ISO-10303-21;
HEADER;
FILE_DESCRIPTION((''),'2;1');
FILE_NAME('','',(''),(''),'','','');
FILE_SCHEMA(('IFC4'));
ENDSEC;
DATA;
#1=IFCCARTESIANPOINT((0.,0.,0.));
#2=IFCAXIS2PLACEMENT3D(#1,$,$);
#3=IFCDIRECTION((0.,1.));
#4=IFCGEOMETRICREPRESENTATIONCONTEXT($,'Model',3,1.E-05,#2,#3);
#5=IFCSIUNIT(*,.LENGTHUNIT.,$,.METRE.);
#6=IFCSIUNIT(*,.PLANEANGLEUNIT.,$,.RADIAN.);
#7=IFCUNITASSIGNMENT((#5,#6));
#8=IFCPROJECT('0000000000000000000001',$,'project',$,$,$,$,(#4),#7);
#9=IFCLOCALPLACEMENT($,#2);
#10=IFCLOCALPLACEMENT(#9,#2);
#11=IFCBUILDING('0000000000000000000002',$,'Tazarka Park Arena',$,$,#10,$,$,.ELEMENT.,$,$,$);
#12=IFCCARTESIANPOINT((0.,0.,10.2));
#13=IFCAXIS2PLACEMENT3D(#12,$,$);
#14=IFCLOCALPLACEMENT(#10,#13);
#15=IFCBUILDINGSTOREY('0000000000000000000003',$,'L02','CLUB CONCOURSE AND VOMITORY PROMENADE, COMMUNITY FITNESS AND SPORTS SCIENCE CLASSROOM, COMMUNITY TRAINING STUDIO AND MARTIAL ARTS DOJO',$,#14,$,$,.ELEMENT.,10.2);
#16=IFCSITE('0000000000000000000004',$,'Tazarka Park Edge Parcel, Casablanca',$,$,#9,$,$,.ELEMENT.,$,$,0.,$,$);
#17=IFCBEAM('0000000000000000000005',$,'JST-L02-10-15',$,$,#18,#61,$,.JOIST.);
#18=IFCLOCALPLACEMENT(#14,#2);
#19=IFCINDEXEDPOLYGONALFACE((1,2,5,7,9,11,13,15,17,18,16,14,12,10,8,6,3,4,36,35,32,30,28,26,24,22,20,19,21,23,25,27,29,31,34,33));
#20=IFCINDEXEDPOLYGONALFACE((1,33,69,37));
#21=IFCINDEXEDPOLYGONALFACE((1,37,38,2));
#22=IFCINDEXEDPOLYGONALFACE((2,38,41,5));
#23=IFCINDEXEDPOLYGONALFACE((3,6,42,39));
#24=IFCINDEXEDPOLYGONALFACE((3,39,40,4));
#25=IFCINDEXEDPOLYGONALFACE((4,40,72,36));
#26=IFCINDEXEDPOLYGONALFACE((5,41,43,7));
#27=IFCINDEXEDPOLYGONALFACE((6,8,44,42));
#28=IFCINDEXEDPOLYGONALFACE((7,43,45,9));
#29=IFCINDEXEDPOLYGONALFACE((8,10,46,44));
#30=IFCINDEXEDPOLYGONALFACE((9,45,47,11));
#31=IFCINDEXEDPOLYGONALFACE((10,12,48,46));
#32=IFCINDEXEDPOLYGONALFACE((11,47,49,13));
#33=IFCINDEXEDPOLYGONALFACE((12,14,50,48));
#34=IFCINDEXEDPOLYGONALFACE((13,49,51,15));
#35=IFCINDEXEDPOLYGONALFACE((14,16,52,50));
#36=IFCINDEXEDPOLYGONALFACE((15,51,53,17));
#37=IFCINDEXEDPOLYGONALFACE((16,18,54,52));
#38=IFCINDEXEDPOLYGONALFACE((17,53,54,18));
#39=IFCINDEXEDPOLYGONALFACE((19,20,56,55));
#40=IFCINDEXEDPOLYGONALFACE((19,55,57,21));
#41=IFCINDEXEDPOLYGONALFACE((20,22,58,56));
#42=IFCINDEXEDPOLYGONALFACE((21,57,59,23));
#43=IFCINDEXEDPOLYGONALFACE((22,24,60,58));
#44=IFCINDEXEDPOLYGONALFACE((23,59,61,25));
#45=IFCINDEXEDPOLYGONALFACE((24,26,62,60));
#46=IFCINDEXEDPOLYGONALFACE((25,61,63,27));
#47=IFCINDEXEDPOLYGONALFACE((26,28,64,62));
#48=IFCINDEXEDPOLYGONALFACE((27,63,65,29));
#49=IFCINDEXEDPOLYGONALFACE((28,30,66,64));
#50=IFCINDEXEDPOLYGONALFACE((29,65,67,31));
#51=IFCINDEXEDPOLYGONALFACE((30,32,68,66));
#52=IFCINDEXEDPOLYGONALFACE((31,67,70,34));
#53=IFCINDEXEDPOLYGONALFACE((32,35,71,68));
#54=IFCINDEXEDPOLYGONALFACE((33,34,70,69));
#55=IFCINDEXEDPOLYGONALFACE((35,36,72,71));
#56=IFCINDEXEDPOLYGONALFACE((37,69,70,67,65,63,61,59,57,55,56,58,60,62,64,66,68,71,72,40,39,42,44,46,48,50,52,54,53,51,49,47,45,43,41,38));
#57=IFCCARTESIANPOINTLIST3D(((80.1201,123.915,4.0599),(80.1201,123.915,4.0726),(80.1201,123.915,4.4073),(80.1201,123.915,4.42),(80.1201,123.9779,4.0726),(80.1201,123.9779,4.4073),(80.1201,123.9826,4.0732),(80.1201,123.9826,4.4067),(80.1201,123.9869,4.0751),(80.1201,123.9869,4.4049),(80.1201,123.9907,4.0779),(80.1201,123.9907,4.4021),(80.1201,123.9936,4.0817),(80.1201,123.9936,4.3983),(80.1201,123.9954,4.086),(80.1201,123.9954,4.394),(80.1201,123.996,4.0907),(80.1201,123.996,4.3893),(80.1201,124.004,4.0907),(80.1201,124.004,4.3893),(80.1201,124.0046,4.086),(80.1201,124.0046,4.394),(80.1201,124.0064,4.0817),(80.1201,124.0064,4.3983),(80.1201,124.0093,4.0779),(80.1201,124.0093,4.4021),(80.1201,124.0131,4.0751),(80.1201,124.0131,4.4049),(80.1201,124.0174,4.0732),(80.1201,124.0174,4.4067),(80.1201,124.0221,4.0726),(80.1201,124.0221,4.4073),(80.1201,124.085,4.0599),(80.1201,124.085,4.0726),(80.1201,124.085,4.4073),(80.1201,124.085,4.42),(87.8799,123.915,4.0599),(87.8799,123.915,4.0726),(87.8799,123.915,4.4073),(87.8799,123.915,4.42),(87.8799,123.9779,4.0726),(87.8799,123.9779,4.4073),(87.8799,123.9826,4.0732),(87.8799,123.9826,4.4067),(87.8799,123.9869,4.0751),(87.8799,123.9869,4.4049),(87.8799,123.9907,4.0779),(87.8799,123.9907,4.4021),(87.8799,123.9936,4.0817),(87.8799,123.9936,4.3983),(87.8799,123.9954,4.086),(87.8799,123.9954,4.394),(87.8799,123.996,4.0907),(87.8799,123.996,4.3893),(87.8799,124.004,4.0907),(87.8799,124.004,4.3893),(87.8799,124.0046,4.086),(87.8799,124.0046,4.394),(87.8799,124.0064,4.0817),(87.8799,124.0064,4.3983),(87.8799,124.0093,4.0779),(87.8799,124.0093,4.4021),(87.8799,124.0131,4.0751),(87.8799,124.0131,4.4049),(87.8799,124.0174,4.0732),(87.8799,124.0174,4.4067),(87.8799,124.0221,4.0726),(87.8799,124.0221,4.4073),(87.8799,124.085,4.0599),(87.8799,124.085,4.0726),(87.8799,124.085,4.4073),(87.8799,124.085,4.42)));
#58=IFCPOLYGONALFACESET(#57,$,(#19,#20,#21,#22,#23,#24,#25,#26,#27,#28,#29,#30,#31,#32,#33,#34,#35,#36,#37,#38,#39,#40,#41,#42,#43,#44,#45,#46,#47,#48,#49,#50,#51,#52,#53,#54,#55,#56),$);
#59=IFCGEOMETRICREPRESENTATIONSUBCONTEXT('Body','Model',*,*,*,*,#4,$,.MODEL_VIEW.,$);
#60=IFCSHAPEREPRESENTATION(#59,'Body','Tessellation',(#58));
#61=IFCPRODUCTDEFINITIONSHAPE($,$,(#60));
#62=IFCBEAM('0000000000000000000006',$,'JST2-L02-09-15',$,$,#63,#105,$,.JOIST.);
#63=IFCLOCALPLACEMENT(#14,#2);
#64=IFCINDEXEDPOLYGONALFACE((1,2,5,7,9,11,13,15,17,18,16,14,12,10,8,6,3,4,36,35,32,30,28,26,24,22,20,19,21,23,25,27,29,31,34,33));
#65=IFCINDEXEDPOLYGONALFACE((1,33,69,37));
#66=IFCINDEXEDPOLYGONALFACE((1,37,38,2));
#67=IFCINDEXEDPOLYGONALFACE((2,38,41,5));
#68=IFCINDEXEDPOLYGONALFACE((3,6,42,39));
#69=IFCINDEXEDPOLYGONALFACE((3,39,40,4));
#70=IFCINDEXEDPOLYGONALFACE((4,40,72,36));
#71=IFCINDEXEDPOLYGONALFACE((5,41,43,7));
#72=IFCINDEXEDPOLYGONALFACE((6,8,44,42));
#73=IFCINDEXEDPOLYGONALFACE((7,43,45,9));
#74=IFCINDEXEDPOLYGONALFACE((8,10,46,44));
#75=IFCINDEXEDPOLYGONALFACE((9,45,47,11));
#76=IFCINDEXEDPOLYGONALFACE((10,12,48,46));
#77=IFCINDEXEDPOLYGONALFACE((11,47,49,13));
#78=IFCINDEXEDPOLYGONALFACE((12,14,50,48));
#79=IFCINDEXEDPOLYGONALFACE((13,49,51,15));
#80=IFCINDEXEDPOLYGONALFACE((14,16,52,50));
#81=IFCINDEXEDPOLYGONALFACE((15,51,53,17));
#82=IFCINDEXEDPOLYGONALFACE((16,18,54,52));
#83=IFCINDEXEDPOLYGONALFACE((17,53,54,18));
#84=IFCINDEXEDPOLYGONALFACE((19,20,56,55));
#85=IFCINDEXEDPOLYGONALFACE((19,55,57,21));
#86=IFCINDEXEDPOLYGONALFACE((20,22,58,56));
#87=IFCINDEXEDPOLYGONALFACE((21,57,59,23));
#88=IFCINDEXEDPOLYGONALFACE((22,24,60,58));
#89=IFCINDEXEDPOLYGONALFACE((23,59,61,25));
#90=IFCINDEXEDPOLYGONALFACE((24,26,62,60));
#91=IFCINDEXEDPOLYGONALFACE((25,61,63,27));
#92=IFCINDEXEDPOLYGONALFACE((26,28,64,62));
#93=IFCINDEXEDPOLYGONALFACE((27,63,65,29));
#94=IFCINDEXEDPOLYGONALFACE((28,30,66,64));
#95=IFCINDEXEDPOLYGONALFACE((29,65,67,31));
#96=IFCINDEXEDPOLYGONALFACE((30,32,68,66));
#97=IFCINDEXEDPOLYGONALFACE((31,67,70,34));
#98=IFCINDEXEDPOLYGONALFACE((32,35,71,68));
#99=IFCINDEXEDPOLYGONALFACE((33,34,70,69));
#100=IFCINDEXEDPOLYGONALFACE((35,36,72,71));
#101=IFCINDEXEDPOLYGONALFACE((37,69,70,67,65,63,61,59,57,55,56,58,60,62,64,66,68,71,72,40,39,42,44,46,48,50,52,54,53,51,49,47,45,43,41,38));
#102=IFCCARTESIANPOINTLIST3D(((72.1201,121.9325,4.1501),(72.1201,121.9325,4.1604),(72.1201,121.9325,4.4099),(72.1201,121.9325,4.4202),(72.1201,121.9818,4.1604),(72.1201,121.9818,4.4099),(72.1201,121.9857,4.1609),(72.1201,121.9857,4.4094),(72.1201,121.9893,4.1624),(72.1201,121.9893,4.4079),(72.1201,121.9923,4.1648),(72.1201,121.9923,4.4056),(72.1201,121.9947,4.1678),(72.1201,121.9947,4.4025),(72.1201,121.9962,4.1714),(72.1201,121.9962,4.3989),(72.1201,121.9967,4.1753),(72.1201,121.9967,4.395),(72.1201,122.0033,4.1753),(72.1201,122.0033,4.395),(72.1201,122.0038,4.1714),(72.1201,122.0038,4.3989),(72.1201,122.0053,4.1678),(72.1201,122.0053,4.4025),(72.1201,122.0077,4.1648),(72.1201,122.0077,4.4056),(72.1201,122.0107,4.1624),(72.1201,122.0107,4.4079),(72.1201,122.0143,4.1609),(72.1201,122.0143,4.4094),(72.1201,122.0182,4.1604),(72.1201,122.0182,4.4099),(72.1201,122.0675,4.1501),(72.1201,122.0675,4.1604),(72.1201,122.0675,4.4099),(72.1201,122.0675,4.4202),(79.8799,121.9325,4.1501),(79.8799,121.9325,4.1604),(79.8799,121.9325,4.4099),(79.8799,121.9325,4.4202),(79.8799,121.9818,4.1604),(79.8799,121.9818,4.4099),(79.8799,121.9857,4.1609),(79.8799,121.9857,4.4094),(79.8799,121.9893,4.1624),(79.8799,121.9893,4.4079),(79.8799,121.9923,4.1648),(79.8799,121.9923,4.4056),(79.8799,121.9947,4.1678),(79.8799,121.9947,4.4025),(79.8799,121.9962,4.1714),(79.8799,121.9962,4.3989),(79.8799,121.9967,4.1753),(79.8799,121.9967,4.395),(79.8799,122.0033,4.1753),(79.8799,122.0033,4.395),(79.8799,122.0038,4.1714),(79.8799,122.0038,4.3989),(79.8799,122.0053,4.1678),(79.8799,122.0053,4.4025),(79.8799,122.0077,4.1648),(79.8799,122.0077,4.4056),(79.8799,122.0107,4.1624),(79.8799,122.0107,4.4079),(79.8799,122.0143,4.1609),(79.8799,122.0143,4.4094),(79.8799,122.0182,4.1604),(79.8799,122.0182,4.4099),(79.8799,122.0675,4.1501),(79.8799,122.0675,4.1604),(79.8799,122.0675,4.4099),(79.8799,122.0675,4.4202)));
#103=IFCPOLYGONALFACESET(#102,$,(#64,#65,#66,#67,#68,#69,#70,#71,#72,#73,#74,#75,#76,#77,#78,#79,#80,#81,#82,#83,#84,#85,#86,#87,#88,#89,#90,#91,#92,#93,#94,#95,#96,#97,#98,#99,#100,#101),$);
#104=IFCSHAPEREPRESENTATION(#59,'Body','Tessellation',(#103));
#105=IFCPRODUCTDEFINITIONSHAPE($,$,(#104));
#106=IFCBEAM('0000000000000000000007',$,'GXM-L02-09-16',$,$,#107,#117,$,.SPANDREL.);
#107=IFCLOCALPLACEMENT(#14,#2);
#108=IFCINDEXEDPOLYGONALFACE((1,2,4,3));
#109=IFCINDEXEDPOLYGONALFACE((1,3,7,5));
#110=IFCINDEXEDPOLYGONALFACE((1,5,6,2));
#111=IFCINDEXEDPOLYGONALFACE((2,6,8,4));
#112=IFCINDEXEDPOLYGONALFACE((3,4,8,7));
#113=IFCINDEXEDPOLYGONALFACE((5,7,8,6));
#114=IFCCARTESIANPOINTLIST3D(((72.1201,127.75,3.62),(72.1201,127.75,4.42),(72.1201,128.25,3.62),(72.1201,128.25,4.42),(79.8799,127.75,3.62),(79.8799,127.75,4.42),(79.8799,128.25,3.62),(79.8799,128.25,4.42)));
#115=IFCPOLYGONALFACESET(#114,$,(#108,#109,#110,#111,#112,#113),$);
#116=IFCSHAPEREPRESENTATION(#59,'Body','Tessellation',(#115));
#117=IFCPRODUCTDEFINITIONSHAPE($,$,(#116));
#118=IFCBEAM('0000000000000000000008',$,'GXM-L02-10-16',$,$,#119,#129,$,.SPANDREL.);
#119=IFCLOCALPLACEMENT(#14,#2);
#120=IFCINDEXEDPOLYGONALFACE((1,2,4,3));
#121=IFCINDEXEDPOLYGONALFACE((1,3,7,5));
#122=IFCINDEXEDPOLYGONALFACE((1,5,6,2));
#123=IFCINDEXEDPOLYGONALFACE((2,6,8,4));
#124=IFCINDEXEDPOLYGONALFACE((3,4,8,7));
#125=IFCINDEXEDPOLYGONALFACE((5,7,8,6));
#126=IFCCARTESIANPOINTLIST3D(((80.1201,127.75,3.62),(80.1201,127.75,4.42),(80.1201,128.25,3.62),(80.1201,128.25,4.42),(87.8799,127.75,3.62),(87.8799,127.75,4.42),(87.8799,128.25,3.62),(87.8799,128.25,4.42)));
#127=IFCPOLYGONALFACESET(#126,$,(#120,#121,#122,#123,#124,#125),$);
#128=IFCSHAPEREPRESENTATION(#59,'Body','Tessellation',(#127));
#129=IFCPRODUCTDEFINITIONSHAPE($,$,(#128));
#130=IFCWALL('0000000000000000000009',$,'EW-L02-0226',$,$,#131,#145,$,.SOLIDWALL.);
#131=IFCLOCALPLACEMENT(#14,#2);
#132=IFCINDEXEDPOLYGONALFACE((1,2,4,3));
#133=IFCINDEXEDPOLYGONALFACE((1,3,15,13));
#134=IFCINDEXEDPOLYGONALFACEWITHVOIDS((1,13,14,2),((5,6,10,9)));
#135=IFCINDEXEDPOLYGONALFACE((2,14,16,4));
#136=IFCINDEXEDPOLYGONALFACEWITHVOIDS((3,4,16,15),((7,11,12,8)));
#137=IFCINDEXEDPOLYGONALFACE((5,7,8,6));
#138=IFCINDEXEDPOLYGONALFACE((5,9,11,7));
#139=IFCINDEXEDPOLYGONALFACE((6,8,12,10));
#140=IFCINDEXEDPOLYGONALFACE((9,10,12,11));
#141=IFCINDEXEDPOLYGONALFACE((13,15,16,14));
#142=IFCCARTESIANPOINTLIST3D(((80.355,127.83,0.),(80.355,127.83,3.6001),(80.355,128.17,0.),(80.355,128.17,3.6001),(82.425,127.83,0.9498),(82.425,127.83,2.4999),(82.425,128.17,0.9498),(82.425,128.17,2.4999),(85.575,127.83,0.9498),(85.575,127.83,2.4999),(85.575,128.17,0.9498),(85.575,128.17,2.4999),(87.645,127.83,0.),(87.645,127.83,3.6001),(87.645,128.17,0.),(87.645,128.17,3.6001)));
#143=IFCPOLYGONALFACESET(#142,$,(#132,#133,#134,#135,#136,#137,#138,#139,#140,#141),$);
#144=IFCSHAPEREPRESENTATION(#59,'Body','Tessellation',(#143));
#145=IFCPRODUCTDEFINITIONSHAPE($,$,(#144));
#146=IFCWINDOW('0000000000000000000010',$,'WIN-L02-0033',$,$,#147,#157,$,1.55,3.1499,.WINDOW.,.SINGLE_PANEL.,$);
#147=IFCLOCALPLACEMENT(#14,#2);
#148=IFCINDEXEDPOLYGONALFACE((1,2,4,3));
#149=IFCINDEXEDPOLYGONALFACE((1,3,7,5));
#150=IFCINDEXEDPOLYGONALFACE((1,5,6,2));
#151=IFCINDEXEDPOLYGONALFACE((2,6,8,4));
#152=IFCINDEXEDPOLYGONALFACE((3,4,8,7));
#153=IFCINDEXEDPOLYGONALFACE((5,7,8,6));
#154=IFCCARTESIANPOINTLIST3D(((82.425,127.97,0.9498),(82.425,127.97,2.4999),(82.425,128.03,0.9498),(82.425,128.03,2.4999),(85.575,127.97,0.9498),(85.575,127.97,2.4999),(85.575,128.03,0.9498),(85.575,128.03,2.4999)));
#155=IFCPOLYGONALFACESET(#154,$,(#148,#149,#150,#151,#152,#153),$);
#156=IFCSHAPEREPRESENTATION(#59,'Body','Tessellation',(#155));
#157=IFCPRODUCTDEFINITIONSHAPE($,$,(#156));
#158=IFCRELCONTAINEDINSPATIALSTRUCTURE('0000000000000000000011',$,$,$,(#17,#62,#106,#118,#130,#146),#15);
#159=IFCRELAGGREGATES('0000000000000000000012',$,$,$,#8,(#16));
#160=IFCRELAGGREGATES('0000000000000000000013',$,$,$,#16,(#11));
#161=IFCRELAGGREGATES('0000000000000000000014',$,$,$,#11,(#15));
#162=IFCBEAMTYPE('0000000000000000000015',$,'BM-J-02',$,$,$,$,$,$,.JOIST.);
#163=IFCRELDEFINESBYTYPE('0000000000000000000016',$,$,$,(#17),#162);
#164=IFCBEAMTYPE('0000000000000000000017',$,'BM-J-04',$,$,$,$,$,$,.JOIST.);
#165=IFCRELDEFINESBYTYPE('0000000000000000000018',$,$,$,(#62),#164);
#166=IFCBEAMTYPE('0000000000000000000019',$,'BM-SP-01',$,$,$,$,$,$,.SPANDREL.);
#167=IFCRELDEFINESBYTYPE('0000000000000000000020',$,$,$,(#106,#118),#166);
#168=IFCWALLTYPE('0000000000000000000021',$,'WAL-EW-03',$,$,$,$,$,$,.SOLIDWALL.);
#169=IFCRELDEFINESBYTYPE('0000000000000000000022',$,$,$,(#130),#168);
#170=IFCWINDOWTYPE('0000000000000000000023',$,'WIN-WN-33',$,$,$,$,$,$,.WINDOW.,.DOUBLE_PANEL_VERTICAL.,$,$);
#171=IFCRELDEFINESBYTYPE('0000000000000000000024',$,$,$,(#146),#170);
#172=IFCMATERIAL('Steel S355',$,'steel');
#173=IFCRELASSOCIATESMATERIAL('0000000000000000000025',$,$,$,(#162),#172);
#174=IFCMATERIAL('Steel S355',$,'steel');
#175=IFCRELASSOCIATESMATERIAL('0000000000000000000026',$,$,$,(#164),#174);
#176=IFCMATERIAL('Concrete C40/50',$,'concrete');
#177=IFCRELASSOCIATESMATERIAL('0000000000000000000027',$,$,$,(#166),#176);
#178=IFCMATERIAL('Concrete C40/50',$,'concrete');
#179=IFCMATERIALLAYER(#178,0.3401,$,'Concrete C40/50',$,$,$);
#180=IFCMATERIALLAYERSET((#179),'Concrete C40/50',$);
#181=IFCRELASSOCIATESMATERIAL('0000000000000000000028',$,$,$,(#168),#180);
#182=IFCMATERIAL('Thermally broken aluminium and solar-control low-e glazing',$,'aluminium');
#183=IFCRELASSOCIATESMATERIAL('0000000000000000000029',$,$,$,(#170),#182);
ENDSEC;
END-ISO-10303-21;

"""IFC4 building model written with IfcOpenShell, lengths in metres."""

from ifc_helpers import new_model, si_unit, direction, frame, frame_2d, origin, origin_2d, place, context, subcontext, project, spatial, rectangle, i_section, extrude, material, layer, layer_set, material_profile, profile_set, type_object, element, fill, save


model = new_model("IFC4")

# Units and contexts
model_context = context("Model", 3, precision=1e-05, world=origin(), true_north=direction((0.0, 1.0)))
body_context = subcontext(model_context, "Body", "Model", "MODEL_VIEW")
ifc_project = project(units=[si_unit("LENGTHUNIT", "METRE"), si_unit("PLANEANGLEUNIT", "RADIAN")], contexts=[model_context])

# Site, building, storey
site_placement = place(None, origin())
site = spatial("IfcSite", under=ifc_project, at=site_placement, Name="Tazarka Park Edge Parcel, Casablanca", CompositionType="ELEMENT", RefElevation=0.0)
building_placement = place(site_placement, origin())
building = spatial("IfcBuilding", under=site, at=building_placement, Name="Tazarka Park Arena", CompositionType="ELEMENT")
storey_placement = place(building_placement, frame((0.0, 0.0, 10.2)))
storey = spatial("IfcBuildingStorey", under=building, at=storey_placement, Name="L02", Description="CLUB CONCOURSE AND VOMITORY PROMENADE, COMMUNITY FITNESS AND SPORTS SCIENCE CLASSROOM, COMMUNITY TRAINING STUDIO AND MARTIAL ARTS DOJO", CompositionType="ELEMENT", Elevation=10.2)

# Beams
ifc_material_1 = material(Name="Steel S355", Category="steel")
ifc_material_profile_1 = material_profile(ifc_material_1, i_section(OverallWidth=0.1699, OverallDepth=0.3601, WebThickness=0.0081, FlangeThickness=0.0127, FilletRadius=0.0181, at=origin_2d()), Name="Steel S355")
ifc_profile_set_1 = profile_set([ifc_material_profile_1], Name="Steel S355")
beam_type_1 = type_object("IfcBeamType", Name="BM-J-02", PredefinedType="JOIST", material=ifc_profile_set_1)
beam_1_placement = place(storey_placement, frame((80.1201, 124.0, 4.24), z_axis=(1.0, 0.0, 0.0), x_axis=(0.0, 1.0, 0.0)))
element("IfcBeam", 1, at=beam_1_placement, inside=storey, type_object=beam_type_1, Name="JST-L02-10-15", PredefinedType="JOIST", context=body_context, shape_type="SweptSolid", body=[
    extrude(i_section(OverallWidth=0.1699, OverallDepth=0.3601, WebThickness=0.0081, FlangeThickness=0.0127, FilletRadius=0.0181, at=origin_2d()), origin(), (0.0, 0.0, 1.0), 7.7598),
])
ifc_material_2 = material(Name="Steel S355", Category="steel")
ifc_material_profile_2 = material_profile(ifc_material_2, i_section(OverallWidth=0.135, OverallDepth=0.27, WebThickness=0.0066, FlangeThickness=0.0103, FilletRadius=0.0149, at=origin_2d()), Name="Steel S355")
ifc_profile_set_2 = profile_set([ifc_material_profile_2], Name="Steel S355")
beam_type_2 = type_object("IfcBeamType", Name="BM-J-04", PredefinedType="JOIST", material=ifc_profile_set_2)
beam_2_placement = place(storey_placement, frame((72.1201, 122.0, 4.2852), z_axis=(1.0, 0.0, 0.0), x_axis=(0.0, 1.0, 0.0)))
element("IfcBeam", 2, at=beam_2_placement, inside=storey, type_object=beam_type_2, Name="JST2-L02-09-15", PredefinedType="JOIST", context=body_context, shape_type="SweptSolid", body=[
    extrude(i_section(OverallWidth=0.135, OverallDepth=0.27, WebThickness=0.0066, FlangeThickness=0.0103, FilletRadius=0.0149, at=origin_2d()), origin(), (0.0, 0.0, 1.0), 7.7598),
])
ifc_material_3 = material(Name="Concrete C40/50", Category="concrete")
ifc_material_profile_3 = material_profile(ifc_material_3, rectangle(XDim=0.5, YDim=0.8, at=origin_2d()), Name="Concrete C40/50")
ifc_profile_set_3 = profile_set([ifc_material_profile_3], Name="Concrete C40/50")
beam_type_3 = type_object("IfcBeamType", Name="BM-SP-01", PredefinedType="SPANDREL", material=ifc_profile_set_3)
for number, where, z_axis, x_axis, name in (
    (3, (72.1201, 128.0, 4.02), (1.0, 0.0, 0.0), (0.0, 1.0, 0.0), "GXM-L02-09-16"),
    (4, (80.1201, 128.0, 4.02), (1.0, 0.0, 0.0), (0.0, 1.0, 0.0), "GXM-L02-10-16"),
):
    element("IfcBeam", number, at=place(storey_placement, frame(where, z_axis=z_axis, x_axis=x_axis)), inside=storey, type_object=beam_type_3, Name=name, PredefinedType="SPANDREL", context=body_context, shape_type="SweptSolid", body=[
        extrude(rectangle(XDim=0.5, YDim=0.8, at=origin_2d()), origin(), (0.0, 0.0, 1.0), 7.7598),
    ])

# Wall, opening, window
ifc_material_4 = material(Name="Concrete C40/50", Category="concrete")
ifc_layer_1 = layer(ifc_material_4, 0.3401, Name="Concrete C40/50")
ifc_layer_set_1 = layer_set([ifc_layer_1], Name="Concrete C40/50")
wall_type_1 = type_object("IfcWallType", Name="WAL-EW-03", PredefinedType="SOLIDWALL", material=ifc_layer_set_1)
wall_1_placement = place(storey_placement, frame((80.355, 128.0, 0.0), z_axis=(0.0, 0.0, 1.0), x_axis=(1.0, 0.0, 0.0)))
wall_1 = element("IfcWall", 5, at=wall_1_placement, inside=storey, type_object=wall_type_1, Name="EW-L02-0226", PredefinedType="SOLIDWALL", context=body_context, shape_type="SweptSolid", body=[
    extrude(rectangle(XDim=7.29, YDim=0.3401, at=frame_2d((3.645, 0.0))), origin(), (0.0, 0.0, 1.0), 3.6001),
])
opening_1_placement = place(wall_1_placement, frame((2.0701, 0.0, 0.95)))
opening_1 = element("IfcOpeningElement", 6, at=opening_1_placement, cuts=wall_1, PredefinedType="OPENING", context=body_context, shape_type="SweptSolid", body=[
    extrude(rectangle(XDim=3.1499, YDim=1.55, at=frame_2d((1.575, 0.7749))), frame((0.0, 0.1802, 0.0), z_axis=(0.0, -1.0, 0.0), x_axis=(1.0, 0.0, 0.0)), (0.0, 0.0, 1.0), 0.3601),
])
ifc_material_5 = material(Name="Thermally broken aluminium and solar-control low-e glazing", Category="aluminium")
window_type_1 = type_object("IfcWindowType", Name="WIN-WN-33", PartitioningType="DOUBLE_PANEL_VERTICAL", PredefinedType="WINDOW", material=ifc_material_5)
window_1_placement = place(opening_1_placement, origin())
window_1 = element("IfcWindow", 7, at=window_1_placement, inside=storey, type_object=window_type_1, Name="WIN-L02-0033", OverallHeight=1.55, OverallWidth=3.1499, PartitioningType="SINGLE_PANEL", PredefinedType="WINDOW", context=body_context, shape_type="SweptSolid", body=[
    extrude(rectangle(XDim=3.1499, YDim=1.55, at=frame_2d((1.575, 0.7749))), frame((0.0, 0.03, 0.0), z_axis=(0.0, -1.0, 0.0), x_axis=(1.0, 0.0, 0.0)), (0.0, 0.0, 1.0), 0.0601),
])
fill(opening_1, window_1)

save(model, "model.ifc")
